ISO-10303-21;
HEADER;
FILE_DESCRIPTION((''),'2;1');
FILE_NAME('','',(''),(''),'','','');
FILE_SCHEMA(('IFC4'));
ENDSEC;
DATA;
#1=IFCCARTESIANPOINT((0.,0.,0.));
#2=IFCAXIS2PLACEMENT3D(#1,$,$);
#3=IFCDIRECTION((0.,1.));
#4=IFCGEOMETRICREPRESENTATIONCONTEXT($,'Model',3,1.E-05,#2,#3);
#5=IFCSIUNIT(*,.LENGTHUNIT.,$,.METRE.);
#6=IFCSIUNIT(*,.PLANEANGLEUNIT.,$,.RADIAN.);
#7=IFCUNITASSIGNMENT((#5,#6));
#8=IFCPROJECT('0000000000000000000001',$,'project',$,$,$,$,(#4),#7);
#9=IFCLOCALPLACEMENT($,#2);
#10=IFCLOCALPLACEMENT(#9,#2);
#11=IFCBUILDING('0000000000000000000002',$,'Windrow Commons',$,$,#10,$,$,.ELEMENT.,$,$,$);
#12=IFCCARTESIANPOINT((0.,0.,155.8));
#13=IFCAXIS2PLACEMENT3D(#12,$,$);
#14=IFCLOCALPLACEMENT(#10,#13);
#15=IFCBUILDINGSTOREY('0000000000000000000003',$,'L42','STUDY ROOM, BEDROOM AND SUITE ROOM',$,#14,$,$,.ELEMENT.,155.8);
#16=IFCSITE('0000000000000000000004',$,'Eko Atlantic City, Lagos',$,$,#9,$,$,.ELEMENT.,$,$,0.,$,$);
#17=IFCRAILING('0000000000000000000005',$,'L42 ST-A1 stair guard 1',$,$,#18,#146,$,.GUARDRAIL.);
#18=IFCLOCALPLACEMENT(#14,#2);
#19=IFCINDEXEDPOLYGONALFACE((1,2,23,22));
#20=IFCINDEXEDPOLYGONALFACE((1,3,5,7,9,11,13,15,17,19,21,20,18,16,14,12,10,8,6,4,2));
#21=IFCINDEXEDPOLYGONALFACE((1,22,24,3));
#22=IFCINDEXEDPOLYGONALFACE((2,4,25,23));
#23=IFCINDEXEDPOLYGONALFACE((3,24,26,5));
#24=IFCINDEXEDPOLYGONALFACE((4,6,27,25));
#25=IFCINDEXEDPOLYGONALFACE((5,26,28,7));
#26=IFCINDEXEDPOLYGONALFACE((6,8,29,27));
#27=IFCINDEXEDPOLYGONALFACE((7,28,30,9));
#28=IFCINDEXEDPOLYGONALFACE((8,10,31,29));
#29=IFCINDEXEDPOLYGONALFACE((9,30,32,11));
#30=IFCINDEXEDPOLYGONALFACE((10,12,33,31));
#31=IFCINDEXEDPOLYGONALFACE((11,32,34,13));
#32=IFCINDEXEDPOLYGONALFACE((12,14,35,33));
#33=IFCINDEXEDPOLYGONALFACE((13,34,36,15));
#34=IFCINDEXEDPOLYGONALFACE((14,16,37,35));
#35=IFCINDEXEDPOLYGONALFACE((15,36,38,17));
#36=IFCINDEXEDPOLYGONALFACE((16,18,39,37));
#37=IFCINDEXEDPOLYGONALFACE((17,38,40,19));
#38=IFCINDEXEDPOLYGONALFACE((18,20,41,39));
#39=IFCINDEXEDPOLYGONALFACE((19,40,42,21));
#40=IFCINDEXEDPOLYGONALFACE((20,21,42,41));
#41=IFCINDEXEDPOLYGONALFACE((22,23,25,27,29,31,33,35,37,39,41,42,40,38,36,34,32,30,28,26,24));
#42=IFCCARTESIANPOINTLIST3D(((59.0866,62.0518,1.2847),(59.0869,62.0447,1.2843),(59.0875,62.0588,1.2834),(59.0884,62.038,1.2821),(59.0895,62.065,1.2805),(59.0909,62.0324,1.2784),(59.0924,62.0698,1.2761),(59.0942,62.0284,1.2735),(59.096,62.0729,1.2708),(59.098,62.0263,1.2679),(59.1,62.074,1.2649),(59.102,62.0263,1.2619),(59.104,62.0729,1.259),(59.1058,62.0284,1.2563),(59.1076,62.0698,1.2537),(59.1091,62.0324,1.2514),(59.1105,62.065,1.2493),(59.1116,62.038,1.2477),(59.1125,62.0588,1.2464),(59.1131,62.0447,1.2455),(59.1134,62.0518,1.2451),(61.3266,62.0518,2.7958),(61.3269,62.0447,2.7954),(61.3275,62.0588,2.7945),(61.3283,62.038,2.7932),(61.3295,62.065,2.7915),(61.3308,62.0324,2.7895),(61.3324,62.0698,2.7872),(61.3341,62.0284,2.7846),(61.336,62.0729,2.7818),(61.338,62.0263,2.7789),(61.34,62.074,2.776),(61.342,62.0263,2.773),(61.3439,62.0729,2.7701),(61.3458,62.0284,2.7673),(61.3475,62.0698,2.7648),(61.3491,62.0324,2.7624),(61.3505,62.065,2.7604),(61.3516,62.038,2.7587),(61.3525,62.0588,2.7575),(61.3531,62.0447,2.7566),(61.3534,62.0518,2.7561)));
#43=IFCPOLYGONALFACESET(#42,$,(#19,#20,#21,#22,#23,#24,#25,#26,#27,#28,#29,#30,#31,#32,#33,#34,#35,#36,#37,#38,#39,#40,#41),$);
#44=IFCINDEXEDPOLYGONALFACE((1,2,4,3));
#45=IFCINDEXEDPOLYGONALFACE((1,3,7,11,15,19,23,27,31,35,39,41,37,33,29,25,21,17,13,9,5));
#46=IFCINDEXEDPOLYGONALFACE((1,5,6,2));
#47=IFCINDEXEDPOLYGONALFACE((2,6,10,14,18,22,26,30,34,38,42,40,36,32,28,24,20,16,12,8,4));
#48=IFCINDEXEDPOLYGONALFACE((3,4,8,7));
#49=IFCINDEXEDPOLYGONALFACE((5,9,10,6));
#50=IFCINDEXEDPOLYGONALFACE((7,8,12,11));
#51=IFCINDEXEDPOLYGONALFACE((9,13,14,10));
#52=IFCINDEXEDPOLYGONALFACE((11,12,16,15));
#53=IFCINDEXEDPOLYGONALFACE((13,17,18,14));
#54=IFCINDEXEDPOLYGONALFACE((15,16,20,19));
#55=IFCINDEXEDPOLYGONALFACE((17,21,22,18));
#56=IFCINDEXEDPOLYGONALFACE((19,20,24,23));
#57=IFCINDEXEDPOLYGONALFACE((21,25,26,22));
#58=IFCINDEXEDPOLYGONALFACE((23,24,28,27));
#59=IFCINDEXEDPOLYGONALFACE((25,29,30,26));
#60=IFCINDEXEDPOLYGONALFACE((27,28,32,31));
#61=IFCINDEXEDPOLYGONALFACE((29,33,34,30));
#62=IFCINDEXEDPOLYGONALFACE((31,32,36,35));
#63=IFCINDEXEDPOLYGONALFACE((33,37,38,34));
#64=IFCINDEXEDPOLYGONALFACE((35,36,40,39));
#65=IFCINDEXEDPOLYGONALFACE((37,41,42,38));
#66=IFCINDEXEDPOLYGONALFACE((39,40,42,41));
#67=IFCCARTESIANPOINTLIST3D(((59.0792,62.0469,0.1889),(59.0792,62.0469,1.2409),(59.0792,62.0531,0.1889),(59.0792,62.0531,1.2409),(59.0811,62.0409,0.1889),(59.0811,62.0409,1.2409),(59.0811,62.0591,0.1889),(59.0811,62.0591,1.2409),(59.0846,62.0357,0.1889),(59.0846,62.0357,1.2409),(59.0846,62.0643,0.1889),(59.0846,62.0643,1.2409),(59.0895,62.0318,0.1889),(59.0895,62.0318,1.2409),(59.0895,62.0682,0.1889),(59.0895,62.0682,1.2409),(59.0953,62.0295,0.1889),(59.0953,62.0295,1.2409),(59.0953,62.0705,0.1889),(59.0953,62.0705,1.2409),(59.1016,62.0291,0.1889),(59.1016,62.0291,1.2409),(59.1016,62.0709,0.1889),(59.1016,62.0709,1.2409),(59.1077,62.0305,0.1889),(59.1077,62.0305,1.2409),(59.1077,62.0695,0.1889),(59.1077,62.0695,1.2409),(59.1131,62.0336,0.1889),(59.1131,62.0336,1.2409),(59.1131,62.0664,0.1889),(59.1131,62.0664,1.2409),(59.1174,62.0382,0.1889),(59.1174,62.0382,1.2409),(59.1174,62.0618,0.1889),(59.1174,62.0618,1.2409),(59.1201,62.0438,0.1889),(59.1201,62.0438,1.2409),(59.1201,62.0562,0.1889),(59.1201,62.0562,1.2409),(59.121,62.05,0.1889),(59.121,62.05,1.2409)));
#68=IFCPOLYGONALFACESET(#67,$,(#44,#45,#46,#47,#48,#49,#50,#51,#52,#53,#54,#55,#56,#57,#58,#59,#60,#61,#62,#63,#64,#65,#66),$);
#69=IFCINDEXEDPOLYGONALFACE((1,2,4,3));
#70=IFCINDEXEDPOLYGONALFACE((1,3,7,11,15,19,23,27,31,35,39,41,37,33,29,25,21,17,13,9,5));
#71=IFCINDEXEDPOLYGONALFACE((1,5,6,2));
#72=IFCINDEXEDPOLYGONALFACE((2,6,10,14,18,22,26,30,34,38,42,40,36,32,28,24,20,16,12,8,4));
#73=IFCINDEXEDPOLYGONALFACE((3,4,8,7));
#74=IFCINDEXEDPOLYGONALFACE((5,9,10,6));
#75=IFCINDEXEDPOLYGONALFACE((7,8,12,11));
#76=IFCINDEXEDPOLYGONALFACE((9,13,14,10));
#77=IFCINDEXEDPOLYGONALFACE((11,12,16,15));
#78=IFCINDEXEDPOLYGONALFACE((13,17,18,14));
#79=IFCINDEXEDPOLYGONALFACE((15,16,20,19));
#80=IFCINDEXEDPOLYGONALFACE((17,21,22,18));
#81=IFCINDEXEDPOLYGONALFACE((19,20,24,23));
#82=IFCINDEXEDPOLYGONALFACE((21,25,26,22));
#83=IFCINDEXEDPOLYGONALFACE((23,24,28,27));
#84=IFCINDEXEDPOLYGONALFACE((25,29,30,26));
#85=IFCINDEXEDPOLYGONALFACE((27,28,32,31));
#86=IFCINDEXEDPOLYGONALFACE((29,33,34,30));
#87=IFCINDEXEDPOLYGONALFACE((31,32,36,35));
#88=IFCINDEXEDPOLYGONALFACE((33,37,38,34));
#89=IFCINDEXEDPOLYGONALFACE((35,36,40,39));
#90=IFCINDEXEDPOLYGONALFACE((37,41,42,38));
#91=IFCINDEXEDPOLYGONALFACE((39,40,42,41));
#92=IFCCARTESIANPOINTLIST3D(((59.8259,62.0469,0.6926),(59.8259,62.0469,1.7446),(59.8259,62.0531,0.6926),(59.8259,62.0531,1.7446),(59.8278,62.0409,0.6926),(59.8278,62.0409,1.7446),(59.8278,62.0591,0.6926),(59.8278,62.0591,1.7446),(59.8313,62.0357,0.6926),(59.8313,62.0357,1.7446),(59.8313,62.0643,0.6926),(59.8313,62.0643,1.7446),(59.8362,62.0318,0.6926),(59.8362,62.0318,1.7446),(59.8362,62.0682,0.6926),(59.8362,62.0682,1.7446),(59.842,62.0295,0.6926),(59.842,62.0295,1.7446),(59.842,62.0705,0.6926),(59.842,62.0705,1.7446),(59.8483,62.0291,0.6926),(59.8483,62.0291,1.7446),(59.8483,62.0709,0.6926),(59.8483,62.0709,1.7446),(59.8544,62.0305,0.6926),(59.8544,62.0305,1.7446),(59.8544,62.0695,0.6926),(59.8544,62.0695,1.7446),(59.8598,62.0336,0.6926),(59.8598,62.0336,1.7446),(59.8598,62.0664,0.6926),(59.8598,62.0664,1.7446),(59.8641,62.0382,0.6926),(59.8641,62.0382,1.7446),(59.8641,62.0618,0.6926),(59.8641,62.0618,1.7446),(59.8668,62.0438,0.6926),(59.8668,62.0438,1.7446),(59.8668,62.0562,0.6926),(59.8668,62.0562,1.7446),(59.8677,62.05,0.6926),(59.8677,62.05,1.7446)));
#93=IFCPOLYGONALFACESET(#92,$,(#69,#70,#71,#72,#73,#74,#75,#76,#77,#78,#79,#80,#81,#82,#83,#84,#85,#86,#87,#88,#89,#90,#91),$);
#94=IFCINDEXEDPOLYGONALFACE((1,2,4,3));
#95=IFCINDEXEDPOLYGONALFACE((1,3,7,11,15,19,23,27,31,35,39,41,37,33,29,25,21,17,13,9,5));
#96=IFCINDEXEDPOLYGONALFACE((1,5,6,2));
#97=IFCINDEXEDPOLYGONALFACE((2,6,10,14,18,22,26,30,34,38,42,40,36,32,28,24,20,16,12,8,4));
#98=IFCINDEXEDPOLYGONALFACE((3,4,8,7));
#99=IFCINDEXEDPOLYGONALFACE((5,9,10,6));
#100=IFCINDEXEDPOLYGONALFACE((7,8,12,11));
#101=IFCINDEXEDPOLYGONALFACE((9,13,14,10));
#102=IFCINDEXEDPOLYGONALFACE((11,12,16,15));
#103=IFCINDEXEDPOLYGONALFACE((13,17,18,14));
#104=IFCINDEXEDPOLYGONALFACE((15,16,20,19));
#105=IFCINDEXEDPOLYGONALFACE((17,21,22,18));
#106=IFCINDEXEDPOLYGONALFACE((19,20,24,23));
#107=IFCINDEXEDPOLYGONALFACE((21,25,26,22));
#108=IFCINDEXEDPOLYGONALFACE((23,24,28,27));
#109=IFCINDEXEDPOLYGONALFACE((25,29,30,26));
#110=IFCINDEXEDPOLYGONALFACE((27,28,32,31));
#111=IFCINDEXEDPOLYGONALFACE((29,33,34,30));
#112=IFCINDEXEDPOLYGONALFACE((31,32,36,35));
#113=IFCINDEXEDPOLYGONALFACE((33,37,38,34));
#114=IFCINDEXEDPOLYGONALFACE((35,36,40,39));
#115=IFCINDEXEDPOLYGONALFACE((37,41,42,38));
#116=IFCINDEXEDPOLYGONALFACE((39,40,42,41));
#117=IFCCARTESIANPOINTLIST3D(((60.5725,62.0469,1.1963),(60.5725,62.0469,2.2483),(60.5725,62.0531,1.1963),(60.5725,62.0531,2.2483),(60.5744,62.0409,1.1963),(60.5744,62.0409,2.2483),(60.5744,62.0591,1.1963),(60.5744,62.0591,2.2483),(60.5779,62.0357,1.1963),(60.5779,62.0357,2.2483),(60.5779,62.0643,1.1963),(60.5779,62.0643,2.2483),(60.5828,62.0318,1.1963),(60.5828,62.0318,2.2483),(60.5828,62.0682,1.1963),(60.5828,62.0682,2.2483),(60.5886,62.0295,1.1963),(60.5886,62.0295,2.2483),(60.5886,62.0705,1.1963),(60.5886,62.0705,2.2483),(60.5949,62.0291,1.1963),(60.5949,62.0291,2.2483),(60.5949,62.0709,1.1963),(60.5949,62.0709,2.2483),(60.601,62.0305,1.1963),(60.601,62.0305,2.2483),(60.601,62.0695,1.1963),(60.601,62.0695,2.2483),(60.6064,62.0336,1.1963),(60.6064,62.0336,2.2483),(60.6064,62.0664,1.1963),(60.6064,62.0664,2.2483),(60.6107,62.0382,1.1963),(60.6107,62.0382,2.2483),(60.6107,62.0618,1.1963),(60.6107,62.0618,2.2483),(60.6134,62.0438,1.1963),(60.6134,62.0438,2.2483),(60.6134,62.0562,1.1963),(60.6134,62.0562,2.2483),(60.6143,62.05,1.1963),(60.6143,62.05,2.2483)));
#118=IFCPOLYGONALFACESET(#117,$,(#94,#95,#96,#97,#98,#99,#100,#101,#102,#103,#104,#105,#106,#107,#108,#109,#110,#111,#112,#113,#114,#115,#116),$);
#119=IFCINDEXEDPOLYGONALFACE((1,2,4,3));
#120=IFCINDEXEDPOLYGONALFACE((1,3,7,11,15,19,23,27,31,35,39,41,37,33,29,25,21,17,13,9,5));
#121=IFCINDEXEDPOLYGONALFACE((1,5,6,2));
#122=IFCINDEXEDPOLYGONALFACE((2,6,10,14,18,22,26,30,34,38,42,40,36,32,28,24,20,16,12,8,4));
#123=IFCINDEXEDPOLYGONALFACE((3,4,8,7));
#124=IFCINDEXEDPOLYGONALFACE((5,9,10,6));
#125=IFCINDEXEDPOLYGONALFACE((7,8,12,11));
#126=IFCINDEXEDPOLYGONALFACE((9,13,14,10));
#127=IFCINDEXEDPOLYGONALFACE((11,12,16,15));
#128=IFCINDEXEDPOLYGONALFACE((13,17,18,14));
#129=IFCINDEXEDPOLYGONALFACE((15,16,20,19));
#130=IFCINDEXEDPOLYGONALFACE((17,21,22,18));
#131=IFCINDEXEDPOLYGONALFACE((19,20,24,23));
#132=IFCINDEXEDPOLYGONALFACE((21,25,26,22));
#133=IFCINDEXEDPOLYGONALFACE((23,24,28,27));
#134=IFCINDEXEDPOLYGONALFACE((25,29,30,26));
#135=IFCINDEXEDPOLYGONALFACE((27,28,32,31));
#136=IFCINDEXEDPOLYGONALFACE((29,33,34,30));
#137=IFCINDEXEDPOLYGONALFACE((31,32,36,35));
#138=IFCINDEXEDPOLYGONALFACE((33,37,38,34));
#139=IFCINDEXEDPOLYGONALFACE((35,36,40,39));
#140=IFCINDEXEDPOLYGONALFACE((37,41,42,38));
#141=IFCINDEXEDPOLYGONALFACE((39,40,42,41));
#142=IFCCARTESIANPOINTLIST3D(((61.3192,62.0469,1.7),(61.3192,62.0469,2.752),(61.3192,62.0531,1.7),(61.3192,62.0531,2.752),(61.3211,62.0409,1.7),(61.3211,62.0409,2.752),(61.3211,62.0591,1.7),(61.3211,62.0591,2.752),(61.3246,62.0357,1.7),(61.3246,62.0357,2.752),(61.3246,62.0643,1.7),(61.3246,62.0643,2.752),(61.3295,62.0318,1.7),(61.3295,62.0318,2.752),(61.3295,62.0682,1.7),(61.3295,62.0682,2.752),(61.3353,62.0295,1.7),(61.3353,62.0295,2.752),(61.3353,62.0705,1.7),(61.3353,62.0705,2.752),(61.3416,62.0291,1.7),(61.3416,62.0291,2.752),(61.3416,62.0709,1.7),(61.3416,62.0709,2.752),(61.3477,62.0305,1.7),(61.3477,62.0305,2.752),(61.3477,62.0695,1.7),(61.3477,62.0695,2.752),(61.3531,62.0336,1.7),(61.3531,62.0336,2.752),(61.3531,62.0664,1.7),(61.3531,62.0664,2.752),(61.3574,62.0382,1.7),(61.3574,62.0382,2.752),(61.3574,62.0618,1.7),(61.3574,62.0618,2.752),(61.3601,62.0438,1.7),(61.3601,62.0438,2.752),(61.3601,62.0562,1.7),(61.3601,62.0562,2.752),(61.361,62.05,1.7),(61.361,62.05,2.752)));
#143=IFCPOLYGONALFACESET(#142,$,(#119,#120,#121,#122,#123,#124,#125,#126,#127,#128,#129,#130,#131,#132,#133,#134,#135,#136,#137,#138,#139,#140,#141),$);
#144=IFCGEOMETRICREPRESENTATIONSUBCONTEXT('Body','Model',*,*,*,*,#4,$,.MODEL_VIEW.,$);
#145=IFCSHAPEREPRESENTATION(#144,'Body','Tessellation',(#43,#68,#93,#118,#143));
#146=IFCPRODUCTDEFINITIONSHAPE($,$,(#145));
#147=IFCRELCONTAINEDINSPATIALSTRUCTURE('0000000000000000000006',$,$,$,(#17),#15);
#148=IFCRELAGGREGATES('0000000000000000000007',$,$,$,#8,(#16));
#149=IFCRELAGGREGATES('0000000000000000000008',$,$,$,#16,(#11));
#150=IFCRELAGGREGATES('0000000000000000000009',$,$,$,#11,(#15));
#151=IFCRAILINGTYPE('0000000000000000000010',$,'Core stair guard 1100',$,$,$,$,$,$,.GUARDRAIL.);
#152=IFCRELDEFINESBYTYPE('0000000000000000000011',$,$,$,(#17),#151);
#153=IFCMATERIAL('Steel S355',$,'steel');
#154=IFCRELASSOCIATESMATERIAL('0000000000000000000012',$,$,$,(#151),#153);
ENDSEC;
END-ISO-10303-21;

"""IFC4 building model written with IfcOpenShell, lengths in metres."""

from ifc_helpers import new_model, si_unit, direction, frame, origin, origin_2d, place, context, subcontext, project, spatial, circle, extrude, material, type_object, element, save


model = new_model("IFC4")

# Units and contexts
model_context = context("Model", 3, precision=1e-05, world=origin(), true_north=direction((0.0, 1.0)))
body_context = subcontext(model_context, "Body", "Model", "MODEL_VIEW")
ifc_project = project(units=[si_unit("LENGTHUNIT", "METRE"), si_unit("PLANEANGLEUNIT", "RADIAN")], contexts=[model_context])

# Site, building, storey
site_placement = place(None, origin())
site = spatial("IfcSite", under=ifc_project, at=site_placement, Name="Eko Atlantic City, Lagos", CompositionType="ELEMENT", RefElevation=0.0)
building_placement = place(site_placement, origin())
building = spatial("IfcBuilding", under=site, at=building_placement, Name="Windrow Commons", CompositionType="ELEMENT")
storey_placement = place(building_placement, frame((0.0, 0.0, 155.8)))
storey = spatial("IfcBuildingStorey", under=building, at=storey_placement, Name="L42", Description="STUDY ROOM, BEDROOM AND SUITE ROOM", CompositionType="ELEMENT", Elevation=155.8)

# Railing
ifc_material_1 = material(Name="Steel S355", Category="steel")
railing_type_1 = type_object("IfcRailingType", Name="Core stair guard 1100", PredefinedType="GUARDRAIL", material=ifc_material_1)
railing_1_placement = place(storey_placement, frame((59.1, 62.05, 0.1889)))
element("IfcRailing", 1, at=railing_1_placement, inside=storey, type_object=railing_type_1, Name="L42 ST-A1 stair guard 1", PredefinedType="GUARDRAIL", context=body_context, shape_type="SweptSolid", body=[
    extrude(circle(Radius=0.024, at=origin_2d()), frame((0.0, 0.0, 1.076), z_axis=(0.829003, 0.0, 0.559244), x_axis=(0.0, 1.0, 0.0)), (0.0, 0.0, 1.0), 2.702),
    extrude(circle(Radius=0.021, at=origin_2d()), origin(), (0.0, 0.0, 1.0), 1.052),
    extrude(circle(Radius=0.021, at=origin_2d()), frame((0.7467, 0.0, 0.5037)), (0.0, 0.0, 1.0), 1.052),
    extrude(circle(Radius=0.021, at=origin_2d()), frame((1.4933, 0.0, 1.0074)), (0.0, 0.0, 1.0), 1.052),
    extrude(circle(Radius=0.021, at=origin_2d()), frame((2.24, 0.0, 1.5111)), (0.0, 0.0, 1.0), 1.052),
])

save(model, "model.ifc")
